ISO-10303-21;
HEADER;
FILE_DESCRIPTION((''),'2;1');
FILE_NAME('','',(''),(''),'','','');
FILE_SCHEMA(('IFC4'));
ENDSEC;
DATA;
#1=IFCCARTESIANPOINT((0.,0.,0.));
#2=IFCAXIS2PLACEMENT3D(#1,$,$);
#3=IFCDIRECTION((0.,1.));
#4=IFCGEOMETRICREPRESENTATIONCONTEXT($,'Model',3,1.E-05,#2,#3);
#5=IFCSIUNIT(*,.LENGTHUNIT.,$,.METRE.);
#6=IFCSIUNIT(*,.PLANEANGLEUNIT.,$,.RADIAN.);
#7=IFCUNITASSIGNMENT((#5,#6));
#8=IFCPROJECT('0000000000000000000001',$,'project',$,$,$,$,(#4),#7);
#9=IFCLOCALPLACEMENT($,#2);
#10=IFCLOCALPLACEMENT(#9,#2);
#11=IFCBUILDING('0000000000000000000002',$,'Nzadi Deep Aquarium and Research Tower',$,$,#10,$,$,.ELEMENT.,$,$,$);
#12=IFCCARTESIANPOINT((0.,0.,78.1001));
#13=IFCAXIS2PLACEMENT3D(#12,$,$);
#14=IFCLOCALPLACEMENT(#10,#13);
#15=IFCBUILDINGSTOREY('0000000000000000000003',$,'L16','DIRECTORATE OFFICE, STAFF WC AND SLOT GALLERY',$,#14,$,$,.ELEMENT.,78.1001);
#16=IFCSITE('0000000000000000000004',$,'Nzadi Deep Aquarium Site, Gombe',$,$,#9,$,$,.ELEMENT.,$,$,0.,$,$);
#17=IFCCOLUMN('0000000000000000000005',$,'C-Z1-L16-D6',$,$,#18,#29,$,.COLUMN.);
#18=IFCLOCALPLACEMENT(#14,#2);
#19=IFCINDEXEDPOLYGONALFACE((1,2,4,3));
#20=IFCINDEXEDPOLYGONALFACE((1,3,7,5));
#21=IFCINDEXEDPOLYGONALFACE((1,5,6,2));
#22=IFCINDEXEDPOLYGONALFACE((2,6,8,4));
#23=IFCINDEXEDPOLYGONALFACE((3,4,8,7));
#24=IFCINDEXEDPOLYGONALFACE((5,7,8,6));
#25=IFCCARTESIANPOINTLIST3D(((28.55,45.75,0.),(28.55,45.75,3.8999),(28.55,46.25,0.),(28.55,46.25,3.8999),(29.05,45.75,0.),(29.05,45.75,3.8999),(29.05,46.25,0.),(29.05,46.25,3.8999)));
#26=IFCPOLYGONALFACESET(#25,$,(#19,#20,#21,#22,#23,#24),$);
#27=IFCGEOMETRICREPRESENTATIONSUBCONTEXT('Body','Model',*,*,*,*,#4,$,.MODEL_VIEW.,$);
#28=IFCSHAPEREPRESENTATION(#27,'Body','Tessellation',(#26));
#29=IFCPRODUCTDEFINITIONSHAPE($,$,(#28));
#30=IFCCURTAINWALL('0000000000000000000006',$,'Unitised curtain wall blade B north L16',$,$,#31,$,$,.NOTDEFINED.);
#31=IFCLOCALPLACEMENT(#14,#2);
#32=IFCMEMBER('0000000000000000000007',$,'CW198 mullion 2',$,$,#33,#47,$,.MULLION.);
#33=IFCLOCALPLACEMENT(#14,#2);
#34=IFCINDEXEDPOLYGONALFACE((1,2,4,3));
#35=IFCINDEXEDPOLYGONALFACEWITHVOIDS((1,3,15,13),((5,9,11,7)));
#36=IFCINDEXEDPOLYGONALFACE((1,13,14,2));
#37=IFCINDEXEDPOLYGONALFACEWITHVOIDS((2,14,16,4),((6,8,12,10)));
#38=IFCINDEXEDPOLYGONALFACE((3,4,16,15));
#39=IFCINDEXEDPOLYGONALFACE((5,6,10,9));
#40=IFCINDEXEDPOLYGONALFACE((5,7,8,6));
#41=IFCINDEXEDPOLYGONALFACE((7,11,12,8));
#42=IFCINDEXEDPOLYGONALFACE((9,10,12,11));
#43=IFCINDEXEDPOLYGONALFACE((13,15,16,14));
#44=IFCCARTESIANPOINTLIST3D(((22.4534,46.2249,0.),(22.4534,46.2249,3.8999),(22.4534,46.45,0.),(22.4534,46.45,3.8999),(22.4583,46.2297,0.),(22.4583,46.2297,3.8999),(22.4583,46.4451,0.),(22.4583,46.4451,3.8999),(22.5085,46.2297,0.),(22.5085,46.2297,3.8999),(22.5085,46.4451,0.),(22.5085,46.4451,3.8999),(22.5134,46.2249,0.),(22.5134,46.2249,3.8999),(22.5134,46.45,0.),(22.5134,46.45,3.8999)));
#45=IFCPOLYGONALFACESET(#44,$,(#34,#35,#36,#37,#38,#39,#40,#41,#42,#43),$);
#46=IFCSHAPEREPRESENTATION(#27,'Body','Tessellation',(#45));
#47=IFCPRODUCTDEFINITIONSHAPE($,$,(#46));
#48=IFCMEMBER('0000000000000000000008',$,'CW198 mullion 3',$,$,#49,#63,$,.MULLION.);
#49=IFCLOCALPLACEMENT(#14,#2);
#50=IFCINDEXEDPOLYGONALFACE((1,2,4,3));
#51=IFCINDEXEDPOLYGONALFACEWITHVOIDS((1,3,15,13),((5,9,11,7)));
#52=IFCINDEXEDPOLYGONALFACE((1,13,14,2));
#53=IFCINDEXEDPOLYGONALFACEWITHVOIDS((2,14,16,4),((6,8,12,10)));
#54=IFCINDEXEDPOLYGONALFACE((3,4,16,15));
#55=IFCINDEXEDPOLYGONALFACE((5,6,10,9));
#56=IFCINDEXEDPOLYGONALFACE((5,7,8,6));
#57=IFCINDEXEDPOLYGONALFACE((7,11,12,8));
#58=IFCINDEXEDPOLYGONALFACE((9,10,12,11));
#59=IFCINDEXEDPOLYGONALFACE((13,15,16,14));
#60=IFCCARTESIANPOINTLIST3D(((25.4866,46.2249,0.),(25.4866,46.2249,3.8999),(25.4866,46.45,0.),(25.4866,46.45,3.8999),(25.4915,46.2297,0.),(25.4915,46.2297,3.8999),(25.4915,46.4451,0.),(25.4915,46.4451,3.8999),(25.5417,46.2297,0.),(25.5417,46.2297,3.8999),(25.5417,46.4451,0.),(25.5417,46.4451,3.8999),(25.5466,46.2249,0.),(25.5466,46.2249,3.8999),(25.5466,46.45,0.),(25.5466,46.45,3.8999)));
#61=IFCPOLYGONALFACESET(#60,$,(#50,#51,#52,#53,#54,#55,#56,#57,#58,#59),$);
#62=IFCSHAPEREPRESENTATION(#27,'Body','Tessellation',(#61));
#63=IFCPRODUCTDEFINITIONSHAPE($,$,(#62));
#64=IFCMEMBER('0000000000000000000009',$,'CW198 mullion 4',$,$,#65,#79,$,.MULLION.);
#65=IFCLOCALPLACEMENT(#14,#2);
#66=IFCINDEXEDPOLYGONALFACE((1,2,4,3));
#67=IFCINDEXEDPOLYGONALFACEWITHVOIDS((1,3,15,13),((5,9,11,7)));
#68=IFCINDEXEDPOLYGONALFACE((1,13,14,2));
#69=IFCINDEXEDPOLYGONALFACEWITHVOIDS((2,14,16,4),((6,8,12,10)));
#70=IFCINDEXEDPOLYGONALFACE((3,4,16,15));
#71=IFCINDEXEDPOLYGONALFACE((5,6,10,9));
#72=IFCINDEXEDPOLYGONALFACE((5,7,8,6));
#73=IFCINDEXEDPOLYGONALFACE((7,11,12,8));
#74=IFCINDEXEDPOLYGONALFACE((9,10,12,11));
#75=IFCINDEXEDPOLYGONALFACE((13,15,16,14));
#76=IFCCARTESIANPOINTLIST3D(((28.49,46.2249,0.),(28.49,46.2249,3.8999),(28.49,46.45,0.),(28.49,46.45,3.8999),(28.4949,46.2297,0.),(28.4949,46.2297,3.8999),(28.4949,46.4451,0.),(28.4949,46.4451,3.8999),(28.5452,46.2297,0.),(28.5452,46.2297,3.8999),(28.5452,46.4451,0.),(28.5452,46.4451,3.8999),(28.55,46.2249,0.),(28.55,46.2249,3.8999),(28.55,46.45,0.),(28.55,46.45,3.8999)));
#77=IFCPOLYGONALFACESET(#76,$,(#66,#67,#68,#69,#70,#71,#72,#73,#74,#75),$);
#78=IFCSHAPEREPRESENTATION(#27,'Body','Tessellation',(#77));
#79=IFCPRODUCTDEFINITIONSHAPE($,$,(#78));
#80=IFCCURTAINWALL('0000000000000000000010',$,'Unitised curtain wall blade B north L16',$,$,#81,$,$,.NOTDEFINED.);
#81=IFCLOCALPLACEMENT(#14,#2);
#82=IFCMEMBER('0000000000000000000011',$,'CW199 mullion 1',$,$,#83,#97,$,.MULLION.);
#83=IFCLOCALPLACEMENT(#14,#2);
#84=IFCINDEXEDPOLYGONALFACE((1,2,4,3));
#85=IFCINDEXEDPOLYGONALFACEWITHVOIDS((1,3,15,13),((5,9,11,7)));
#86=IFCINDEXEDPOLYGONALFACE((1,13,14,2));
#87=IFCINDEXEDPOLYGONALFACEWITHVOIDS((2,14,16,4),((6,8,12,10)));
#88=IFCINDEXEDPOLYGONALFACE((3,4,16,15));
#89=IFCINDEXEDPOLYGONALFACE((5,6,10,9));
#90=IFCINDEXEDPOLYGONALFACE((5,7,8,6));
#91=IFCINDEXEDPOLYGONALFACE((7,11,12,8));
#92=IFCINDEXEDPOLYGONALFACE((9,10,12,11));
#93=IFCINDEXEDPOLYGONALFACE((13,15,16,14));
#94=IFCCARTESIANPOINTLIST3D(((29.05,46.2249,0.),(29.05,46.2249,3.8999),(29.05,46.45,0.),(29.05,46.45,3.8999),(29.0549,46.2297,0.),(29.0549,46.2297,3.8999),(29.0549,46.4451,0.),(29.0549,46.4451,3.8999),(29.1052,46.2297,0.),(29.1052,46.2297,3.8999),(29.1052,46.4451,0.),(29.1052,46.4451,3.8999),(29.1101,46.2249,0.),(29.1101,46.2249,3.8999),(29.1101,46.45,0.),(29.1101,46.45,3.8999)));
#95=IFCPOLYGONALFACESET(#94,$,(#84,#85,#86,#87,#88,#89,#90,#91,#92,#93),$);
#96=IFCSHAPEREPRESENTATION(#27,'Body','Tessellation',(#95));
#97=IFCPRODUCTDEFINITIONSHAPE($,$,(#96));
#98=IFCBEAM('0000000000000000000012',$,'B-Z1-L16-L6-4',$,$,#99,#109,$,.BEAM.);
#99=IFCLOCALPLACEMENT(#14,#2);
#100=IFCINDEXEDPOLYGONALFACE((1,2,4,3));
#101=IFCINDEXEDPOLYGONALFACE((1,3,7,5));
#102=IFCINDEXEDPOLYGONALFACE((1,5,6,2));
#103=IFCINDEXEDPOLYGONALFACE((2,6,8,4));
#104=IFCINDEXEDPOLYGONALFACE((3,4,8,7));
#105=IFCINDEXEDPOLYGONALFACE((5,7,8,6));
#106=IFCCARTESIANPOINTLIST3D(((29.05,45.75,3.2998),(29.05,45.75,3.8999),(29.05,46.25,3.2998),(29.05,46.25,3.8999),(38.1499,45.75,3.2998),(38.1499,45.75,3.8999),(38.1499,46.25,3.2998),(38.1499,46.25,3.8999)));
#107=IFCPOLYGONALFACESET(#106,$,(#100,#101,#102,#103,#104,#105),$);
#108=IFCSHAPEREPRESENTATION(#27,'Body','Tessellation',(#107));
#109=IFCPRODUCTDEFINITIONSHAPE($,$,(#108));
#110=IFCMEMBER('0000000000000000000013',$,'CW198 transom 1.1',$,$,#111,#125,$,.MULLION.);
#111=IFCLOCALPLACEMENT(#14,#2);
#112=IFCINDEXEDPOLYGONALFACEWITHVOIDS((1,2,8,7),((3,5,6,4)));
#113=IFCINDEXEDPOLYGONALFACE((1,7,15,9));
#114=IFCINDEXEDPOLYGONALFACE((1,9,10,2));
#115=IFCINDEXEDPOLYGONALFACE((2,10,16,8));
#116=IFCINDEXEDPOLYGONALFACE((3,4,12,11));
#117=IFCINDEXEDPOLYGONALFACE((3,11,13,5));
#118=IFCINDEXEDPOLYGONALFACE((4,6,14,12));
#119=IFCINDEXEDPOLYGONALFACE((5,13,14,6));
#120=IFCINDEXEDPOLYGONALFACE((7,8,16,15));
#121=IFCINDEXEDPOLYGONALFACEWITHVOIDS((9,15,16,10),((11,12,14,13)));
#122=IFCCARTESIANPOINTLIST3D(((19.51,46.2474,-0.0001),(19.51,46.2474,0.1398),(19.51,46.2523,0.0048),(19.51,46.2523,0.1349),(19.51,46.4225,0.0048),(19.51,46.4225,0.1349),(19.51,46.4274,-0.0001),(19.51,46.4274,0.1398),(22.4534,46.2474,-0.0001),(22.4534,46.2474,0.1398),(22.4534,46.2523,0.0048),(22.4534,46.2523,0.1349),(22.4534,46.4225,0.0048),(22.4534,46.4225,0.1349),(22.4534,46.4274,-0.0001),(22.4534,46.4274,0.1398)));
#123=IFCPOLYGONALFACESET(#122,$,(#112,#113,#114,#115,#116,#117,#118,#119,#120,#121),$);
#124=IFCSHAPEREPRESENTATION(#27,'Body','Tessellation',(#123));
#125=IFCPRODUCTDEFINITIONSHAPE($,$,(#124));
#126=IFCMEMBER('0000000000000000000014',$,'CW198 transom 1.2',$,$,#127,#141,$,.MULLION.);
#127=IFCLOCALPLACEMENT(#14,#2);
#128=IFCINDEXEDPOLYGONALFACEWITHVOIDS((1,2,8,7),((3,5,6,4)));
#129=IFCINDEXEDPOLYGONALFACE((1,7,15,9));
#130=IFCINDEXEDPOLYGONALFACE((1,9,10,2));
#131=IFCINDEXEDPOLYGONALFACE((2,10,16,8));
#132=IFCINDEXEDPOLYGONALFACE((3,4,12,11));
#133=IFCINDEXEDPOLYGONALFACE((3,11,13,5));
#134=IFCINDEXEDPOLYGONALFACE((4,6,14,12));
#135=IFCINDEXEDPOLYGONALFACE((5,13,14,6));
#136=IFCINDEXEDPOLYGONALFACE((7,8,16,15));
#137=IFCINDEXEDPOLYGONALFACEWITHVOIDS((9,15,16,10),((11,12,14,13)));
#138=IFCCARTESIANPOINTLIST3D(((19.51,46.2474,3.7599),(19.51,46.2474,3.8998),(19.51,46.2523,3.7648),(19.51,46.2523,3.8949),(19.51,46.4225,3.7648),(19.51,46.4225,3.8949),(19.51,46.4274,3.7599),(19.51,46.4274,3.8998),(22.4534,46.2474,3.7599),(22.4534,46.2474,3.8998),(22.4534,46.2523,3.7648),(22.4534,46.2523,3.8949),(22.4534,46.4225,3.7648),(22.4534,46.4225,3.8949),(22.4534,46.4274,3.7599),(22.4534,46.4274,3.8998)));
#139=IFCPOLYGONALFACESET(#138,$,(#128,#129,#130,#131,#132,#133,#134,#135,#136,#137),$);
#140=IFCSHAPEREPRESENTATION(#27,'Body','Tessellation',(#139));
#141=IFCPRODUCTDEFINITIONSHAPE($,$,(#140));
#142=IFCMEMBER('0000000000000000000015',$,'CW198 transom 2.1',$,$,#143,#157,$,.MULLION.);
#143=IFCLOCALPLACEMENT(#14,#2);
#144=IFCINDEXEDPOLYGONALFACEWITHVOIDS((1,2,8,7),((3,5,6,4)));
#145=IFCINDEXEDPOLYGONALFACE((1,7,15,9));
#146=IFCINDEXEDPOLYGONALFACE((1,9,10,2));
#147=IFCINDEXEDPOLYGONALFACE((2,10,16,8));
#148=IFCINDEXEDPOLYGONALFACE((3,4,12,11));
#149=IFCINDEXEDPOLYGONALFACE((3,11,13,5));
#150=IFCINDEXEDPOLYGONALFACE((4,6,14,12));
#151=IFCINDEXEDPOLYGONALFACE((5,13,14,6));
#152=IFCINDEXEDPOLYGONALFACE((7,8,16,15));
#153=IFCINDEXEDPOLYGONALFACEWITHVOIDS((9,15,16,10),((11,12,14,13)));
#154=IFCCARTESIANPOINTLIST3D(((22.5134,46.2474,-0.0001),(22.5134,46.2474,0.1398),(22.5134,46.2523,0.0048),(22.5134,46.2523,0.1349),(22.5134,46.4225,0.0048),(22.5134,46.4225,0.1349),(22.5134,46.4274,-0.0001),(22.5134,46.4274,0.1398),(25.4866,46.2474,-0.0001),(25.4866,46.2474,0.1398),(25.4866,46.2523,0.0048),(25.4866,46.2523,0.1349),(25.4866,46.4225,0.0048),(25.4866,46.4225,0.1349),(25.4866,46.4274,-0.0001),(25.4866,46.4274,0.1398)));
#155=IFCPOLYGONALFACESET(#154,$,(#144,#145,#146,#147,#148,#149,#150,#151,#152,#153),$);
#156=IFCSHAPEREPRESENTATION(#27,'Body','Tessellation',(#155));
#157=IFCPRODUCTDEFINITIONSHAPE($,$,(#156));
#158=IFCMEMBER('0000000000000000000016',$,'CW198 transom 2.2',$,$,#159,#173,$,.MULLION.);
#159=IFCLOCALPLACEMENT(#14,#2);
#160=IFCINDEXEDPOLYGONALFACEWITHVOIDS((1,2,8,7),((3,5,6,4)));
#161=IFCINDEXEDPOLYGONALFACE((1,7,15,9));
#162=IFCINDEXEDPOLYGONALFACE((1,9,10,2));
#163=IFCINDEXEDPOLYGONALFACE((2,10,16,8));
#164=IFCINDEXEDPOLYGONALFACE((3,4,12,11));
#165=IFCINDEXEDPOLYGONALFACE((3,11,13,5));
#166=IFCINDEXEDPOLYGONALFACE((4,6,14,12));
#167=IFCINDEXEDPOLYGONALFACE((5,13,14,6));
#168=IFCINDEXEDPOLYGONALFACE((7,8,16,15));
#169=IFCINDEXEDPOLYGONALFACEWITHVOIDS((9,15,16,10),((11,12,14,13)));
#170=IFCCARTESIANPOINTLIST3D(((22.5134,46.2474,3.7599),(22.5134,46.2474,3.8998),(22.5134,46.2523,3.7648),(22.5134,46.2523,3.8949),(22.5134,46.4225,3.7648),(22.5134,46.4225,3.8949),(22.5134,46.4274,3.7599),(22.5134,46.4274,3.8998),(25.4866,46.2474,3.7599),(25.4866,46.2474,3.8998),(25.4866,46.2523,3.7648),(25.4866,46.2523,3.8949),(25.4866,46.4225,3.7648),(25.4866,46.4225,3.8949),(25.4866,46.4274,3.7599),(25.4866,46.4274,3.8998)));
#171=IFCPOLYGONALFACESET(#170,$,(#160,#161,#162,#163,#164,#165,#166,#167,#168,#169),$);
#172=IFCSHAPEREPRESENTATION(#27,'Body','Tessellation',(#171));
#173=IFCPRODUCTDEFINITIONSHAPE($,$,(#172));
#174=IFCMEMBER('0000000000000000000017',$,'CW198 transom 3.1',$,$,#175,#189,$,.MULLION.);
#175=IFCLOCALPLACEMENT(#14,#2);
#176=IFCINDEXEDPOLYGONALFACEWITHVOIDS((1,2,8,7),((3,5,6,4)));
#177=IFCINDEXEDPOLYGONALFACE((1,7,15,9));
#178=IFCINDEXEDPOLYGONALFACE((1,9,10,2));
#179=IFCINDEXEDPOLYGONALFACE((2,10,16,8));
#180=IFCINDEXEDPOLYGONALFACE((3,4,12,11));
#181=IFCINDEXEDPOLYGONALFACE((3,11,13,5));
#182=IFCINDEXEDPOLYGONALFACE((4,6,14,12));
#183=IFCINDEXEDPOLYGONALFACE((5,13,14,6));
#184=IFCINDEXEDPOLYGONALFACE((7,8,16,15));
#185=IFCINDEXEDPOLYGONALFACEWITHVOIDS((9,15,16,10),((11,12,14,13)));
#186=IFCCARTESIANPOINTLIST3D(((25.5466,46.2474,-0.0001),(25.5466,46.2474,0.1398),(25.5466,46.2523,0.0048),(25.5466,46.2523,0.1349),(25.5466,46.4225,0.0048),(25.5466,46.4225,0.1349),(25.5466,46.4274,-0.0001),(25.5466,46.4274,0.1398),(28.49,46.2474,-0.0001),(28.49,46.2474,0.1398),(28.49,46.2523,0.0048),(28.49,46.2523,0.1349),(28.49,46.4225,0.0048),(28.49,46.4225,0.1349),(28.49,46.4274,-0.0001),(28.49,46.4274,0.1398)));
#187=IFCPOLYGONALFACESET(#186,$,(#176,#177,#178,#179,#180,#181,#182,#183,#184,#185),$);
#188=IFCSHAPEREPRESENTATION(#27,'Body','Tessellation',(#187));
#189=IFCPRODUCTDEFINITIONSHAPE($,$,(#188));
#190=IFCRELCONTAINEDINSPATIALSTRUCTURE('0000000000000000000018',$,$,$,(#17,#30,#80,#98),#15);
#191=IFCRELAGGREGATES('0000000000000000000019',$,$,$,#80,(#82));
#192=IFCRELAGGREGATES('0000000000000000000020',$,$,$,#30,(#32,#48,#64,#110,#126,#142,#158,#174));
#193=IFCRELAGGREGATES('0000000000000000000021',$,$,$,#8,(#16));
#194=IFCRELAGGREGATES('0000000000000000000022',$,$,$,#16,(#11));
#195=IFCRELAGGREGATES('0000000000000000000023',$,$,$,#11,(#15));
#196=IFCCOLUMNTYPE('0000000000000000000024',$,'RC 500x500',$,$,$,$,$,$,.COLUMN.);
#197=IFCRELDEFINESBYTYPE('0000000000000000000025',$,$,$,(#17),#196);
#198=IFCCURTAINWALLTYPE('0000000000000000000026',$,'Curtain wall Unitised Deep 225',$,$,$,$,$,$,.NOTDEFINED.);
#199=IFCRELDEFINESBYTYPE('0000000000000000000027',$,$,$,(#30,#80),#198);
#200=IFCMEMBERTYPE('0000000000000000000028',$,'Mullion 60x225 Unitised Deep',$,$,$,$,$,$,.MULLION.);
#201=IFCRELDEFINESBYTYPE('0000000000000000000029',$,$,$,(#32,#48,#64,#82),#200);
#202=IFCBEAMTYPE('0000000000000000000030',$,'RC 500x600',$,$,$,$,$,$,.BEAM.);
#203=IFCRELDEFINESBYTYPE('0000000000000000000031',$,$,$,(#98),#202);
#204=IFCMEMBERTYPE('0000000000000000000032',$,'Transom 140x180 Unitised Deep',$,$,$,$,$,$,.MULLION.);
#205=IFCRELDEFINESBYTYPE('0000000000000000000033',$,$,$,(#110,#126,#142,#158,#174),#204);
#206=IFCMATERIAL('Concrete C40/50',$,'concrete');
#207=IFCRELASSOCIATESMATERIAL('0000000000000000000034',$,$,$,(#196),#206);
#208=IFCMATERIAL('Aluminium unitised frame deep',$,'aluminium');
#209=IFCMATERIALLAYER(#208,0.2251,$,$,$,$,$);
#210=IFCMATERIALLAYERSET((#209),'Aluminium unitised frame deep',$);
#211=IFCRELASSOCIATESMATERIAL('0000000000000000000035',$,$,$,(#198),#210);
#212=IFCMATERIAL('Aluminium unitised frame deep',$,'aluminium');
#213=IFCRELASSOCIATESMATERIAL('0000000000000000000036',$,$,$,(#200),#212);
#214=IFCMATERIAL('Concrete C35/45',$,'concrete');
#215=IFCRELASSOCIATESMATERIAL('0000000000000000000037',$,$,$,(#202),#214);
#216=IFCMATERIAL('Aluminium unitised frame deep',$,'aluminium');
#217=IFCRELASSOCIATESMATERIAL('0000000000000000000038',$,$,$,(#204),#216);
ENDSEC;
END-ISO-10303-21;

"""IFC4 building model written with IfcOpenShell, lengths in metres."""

from ifc_helpers import new_model, si_unit, direction, frame, origin, origin_2d, place, context, subcontext, project, spatial, rectangle, hollow_rectangle, extrude, material, layer, layer_set, material_profile, profile_set, type_object, element, aggregate, save


model = new_model("IFC4")

# Units and contexts
model_context = context("Model", 3, precision=1e-05, world=origin(), true_north=direction((0.0, 1.0)))
body_context = subcontext(model_context, "Body", "Model", "MODEL_VIEW")
ifc_project = project(units=[si_unit("LENGTHUNIT", "METRE"), si_unit("PLANEANGLEUNIT", "RADIAN")], contexts=[model_context])

# Site, building, storey
site_placement = place(None, origin())
site = spatial("IfcSite", under=ifc_project, at=site_placement, Name="Nzadi Deep Aquarium Site, Gombe", CompositionType="ELEMENT", RefElevation=0.0)
building_placement = place(site_placement, origin())
building = spatial("IfcBuilding", under=site, at=building_placement, Name="Nzadi Deep Aquarium and Research Tower", CompositionType="ELEMENT")
storey_placement = place(building_placement, frame((0.0, 0.0, 78.1001)))
storey = spatial("IfcBuildingStorey", under=building, at=storey_placement, Name="L16", Description="DIRECTORATE OFFICE, STAFF WC AND SLOT GALLERY", CompositionType="ELEMENT", Elevation=78.1001)

# Column
ifc_material_1 = material(Name="Concrete C40/50", Category="concrete")
ifc_material_profile_1 = material_profile(ifc_material_1, rectangle(XDim=0.5, YDim=0.5, at=origin_2d()))
ifc_profile_set_1 = profile_set([ifc_material_profile_1], Name="Concrete C40/50")
column_type = type_object("IfcColumnType", Name="RC 500x500", PredefinedType="COLUMN", material=ifc_profile_set_1)
column_placement = place(storey_placement, frame((28.8, 46.0, 0.0), z_axis=(0.0, 0.0, 1.0), x_axis=(1.0, 0.0, 0.0)))
element("IfcColumn", 1, at=column_placement, inside=storey, type_object=column_type, Name="C-Z1-L16-D6", PredefinedType="COLUMN", context=body_context, shape_type="SweptSolid", body=[
    extrude(rectangle(XDim=0.5, YDim=0.5, at=origin_2d()), origin(), (0.0, 0.0, 1.0), 3.8999),
])

# Curtain wall, members
ifc_material_2 = material(Name="Aluminium unitised frame deep", Category="aluminium")
ifc_layer_1 = layer(ifc_material_2, 0.2251)
ifc_layer_set_1 = layer_set([ifc_layer_1], Name="Aluminium unitised frame deep")
curtain_wall_type = type_object("IfcCurtainWallType", Name="Curtain wall Unitised Deep 225", PredefinedType="NOTDEFINED", material=ifc_layer_set_1)
curtain_wall_1_placement = place(storey_placement, origin())
curtain_wall_1 = element("IfcCurtainWall", 2, at=curtain_wall_1_placement, inside=storey, type_object=curtain_wall_type, Name="Unitised curtain wall blade B north L16", PredefinedType="NOTDEFINED")
ifc_material_3 = material(Name="Aluminium unitised frame deep", Category="aluminium")
ifc_material_profile_2 = material_profile(ifc_material_3, hollow_rectangle(XDim=0.2251, YDim=0.0601, WallThickness=0.0049, at=origin_2d()))
ifc_profile_set_2 = profile_set([ifc_material_profile_2], Name="Aluminium unitised frame deep")
member_type_1 = type_object("IfcMemberType", Name="Mullion 60x225 Unitised Deep", PredefinedType="MULLION", material=ifc_profile_set_2)
member_1_placement = place(storey_placement, frame((22.4834, 46.3374, 0.0), z_axis=(0.0, 0.0, 1.0), x_axis=(0.0, 1.0, 0.0)))
member_1 = element("IfcMember", 3, at=member_1_placement, type_object=member_type_1, Name="CW198 mullion 2", PredefinedType="MULLION", context=body_context, shape_type="SweptSolid", body=[
    extrude(hollow_rectangle(XDim=0.2251, YDim=0.0601, WallThickness=0.0049, at=origin_2d()), origin(), (0.0, 0.0, 1.0), 3.8999),
])
member_2_placement = place(storey_placement, frame((25.5166, 46.3374, 0.0), z_axis=(0.0, 0.0, 1.0), x_axis=(0.0, 1.0, 0.0)))
member_2 = element("IfcMember", 4, at=member_2_placement, type_object=member_type_1, Name="CW198 mullion 3", PredefinedType="MULLION", context=body_context, shape_type="SweptSolid", body=[
    extrude(hollow_rectangle(XDim=0.2251, YDim=0.0601, WallThickness=0.0049, at=origin_2d()), origin(), (0.0, 0.0, 1.0), 3.8999),
])
member_3_placement = place(storey_placement, frame((28.52, 46.3374, 0.0), z_axis=(0.0, 0.0, 1.0), x_axis=(0.0, 1.0, 0.0)))
member_3 = element("IfcMember", 5, at=member_3_placement, type_object=member_type_1, Name="CW198 mullion 4", PredefinedType="MULLION", context=body_context, shape_type="SweptSolid", body=[
    extrude(hollow_rectangle(XDim=0.2251, YDim=0.0601, WallThickness=0.0049, at=origin_2d()), origin(), (0.0, 0.0, 1.0), 3.8999),
])

# Curtain wall, member
curtain_wall_2_placement = place(storey_placement, origin())
curtain_wall_2 = element("IfcCurtainWall", 6, at=curtain_wall_2_placement, inside=storey, type_object=curtain_wall_type, Name="Unitised curtain wall blade B north L16", PredefinedType="NOTDEFINED")
member_4_placement = place(storey_placement, frame((29.0801, 46.3374, 0.0), z_axis=(0.0, 0.0, 1.0), x_axis=(0.0, 1.0, 0.0)))
member_4 = element("IfcMember", 7, at=member_4_placement, type_object=member_type_1, Name="CW199 mullion 1", PredefinedType="MULLION", context=body_context, shape_type="SweptSolid", body=[
    extrude(hollow_rectangle(XDim=0.2251, YDim=0.0601, WallThickness=0.0049, at=origin_2d()), origin(), (0.0, 0.0, 1.0), 3.8999),
])
aggregate(curtain_wall_2, [member_4])

# Beam
ifc_material_4 = material(Name="Concrete C35/45", Category="concrete")
ifc_material_profile_3 = material_profile(ifc_material_4, rectangle(XDim=0.5, YDim=0.6001, at=origin_2d()))
ifc_profile_set_3 = profile_set([ifc_material_profile_3], Name="Concrete C35/45")
beam_type = type_object("IfcBeamType", Name="RC 500x600", PredefinedType="BEAM", material=ifc_profile_set_3)
beam_placement = place(storey_placement, frame((29.05, 46.0, 3.5999), z_axis=(1.0, 0.0, 0.0), x_axis=(0.0, 1.0, 0.0)))
element("IfcBeam", 8, at=beam_placement, inside=storey, type_object=beam_type, Name="B-Z1-L16-L6-4", PredefinedType="BEAM", context=body_context, shape_type="SweptSolid", body=[
    extrude(rectangle(XDim=0.5, YDim=0.6001, at=origin_2d()), origin(), (0.0, 0.0, 1.0), 9.0999),
])

# Members
ifc_material_5 = material(Name="Aluminium unitised frame deep", Category="aluminium")
ifc_material_profile_4 = material_profile(ifc_material_5, hollow_rectangle(XDim=0.1799, YDim=0.1399, WallThickness=0.0049, at=origin_2d()))
ifc_profile_set_4 = profile_set([ifc_material_profile_4], Name="Aluminium unitised frame deep")
member_type_2 = type_object("IfcMemberType", Name="Transom 140x180 Unitised Deep", PredefinedType="MULLION", material=ifc_profile_set_4)
member_5_placement = place(storey_placement, frame((19.51, 46.3374, 0.0698), z_axis=(1.0, 0.0, 0.0), x_axis=(0.0, 1.0, 0.0)))
member_5 = element("IfcMember", 9, at=member_5_placement, type_object=member_type_2, Name="CW198 transom 1.1", PredefinedType="MULLION", context=body_context, shape_type="SweptSolid", body=[
    extrude(hollow_rectangle(XDim=0.1799, YDim=0.1399, WallThickness=0.0049, at=origin_2d()), origin(), (0.0, 0.0, 1.0), 2.9434),
])
member_6_placement = place(storey_placement, frame((19.51, 46.3374, 3.8298), z_axis=(1.0, 0.0, 0.0), x_axis=(0.0, 1.0, 0.0)))
member_6 = element("IfcMember", 10, at=member_6_placement, type_object=member_type_2, Name="CW198 transom 1.2", PredefinedType="MULLION", context=body_context, shape_type="SweptSolid", body=[
    extrude(hollow_rectangle(XDim=0.1799, YDim=0.1399, WallThickness=0.0049, at=origin_2d()), origin(), (0.0, 0.0, 1.0), 2.9434),
])
member_7_placement = place(storey_placement, frame((22.5134, 46.3374, 0.0698), z_axis=(1.0, 0.0, 0.0), x_axis=(0.0, 1.0, 0.0)))
member_7 = element("IfcMember", 11, at=member_7_placement, type_object=member_type_2, Name="CW198 transom 2.1", PredefinedType="MULLION", context=body_context, shape_type="SweptSolid", body=[
    extrude(hollow_rectangle(XDim=0.1799, YDim=0.1399, WallThickness=0.0049, at=origin_2d()), origin(), (0.0, 0.0, 1.0), 2.9731),
])
member_8_placement = place(storey_placement, frame((22.5134, 46.3374, 3.8298), z_axis=(1.0, 0.0, 0.0), x_axis=(0.0, 1.0, 0.0)))
member_8 = element("IfcMember", 12, at=member_8_placement, type_object=member_type_2, Name="CW198 transom 2.2", PredefinedType="MULLION", context=body_context, shape_type="SweptSolid", body=[
    extrude(hollow_rectangle(XDim=0.1799, YDim=0.1399, WallThickness=0.0049, at=origin_2d()), origin(), (0.0, 0.0, 1.0), 2.9731),
])
member_9_placement = place(storey_placement, frame((25.5466, 46.3374, 0.0698), z_axis=(1.0, 0.0, 0.0), x_axis=(0.0, 1.0, 0.0)))
member_9 = element("IfcMember", 13, at=member_9_placement, type_object=member_type_2, Name="CW198 transom 3.1", PredefinedType="MULLION", context=body_context, shape_type="SweptSolid", body=[
    extrude(hollow_rectangle(XDim=0.1799, YDim=0.1399, WallThickness=0.0049, at=origin_2d()), origin(), (0.0, 0.0, 1.0), 2.9434),
])

aggregate(curtain_wall_1, [member_1, member_2, member_3, member_5, member_6, member_7, member_8, member_9])

save(model, "model.ifc")
